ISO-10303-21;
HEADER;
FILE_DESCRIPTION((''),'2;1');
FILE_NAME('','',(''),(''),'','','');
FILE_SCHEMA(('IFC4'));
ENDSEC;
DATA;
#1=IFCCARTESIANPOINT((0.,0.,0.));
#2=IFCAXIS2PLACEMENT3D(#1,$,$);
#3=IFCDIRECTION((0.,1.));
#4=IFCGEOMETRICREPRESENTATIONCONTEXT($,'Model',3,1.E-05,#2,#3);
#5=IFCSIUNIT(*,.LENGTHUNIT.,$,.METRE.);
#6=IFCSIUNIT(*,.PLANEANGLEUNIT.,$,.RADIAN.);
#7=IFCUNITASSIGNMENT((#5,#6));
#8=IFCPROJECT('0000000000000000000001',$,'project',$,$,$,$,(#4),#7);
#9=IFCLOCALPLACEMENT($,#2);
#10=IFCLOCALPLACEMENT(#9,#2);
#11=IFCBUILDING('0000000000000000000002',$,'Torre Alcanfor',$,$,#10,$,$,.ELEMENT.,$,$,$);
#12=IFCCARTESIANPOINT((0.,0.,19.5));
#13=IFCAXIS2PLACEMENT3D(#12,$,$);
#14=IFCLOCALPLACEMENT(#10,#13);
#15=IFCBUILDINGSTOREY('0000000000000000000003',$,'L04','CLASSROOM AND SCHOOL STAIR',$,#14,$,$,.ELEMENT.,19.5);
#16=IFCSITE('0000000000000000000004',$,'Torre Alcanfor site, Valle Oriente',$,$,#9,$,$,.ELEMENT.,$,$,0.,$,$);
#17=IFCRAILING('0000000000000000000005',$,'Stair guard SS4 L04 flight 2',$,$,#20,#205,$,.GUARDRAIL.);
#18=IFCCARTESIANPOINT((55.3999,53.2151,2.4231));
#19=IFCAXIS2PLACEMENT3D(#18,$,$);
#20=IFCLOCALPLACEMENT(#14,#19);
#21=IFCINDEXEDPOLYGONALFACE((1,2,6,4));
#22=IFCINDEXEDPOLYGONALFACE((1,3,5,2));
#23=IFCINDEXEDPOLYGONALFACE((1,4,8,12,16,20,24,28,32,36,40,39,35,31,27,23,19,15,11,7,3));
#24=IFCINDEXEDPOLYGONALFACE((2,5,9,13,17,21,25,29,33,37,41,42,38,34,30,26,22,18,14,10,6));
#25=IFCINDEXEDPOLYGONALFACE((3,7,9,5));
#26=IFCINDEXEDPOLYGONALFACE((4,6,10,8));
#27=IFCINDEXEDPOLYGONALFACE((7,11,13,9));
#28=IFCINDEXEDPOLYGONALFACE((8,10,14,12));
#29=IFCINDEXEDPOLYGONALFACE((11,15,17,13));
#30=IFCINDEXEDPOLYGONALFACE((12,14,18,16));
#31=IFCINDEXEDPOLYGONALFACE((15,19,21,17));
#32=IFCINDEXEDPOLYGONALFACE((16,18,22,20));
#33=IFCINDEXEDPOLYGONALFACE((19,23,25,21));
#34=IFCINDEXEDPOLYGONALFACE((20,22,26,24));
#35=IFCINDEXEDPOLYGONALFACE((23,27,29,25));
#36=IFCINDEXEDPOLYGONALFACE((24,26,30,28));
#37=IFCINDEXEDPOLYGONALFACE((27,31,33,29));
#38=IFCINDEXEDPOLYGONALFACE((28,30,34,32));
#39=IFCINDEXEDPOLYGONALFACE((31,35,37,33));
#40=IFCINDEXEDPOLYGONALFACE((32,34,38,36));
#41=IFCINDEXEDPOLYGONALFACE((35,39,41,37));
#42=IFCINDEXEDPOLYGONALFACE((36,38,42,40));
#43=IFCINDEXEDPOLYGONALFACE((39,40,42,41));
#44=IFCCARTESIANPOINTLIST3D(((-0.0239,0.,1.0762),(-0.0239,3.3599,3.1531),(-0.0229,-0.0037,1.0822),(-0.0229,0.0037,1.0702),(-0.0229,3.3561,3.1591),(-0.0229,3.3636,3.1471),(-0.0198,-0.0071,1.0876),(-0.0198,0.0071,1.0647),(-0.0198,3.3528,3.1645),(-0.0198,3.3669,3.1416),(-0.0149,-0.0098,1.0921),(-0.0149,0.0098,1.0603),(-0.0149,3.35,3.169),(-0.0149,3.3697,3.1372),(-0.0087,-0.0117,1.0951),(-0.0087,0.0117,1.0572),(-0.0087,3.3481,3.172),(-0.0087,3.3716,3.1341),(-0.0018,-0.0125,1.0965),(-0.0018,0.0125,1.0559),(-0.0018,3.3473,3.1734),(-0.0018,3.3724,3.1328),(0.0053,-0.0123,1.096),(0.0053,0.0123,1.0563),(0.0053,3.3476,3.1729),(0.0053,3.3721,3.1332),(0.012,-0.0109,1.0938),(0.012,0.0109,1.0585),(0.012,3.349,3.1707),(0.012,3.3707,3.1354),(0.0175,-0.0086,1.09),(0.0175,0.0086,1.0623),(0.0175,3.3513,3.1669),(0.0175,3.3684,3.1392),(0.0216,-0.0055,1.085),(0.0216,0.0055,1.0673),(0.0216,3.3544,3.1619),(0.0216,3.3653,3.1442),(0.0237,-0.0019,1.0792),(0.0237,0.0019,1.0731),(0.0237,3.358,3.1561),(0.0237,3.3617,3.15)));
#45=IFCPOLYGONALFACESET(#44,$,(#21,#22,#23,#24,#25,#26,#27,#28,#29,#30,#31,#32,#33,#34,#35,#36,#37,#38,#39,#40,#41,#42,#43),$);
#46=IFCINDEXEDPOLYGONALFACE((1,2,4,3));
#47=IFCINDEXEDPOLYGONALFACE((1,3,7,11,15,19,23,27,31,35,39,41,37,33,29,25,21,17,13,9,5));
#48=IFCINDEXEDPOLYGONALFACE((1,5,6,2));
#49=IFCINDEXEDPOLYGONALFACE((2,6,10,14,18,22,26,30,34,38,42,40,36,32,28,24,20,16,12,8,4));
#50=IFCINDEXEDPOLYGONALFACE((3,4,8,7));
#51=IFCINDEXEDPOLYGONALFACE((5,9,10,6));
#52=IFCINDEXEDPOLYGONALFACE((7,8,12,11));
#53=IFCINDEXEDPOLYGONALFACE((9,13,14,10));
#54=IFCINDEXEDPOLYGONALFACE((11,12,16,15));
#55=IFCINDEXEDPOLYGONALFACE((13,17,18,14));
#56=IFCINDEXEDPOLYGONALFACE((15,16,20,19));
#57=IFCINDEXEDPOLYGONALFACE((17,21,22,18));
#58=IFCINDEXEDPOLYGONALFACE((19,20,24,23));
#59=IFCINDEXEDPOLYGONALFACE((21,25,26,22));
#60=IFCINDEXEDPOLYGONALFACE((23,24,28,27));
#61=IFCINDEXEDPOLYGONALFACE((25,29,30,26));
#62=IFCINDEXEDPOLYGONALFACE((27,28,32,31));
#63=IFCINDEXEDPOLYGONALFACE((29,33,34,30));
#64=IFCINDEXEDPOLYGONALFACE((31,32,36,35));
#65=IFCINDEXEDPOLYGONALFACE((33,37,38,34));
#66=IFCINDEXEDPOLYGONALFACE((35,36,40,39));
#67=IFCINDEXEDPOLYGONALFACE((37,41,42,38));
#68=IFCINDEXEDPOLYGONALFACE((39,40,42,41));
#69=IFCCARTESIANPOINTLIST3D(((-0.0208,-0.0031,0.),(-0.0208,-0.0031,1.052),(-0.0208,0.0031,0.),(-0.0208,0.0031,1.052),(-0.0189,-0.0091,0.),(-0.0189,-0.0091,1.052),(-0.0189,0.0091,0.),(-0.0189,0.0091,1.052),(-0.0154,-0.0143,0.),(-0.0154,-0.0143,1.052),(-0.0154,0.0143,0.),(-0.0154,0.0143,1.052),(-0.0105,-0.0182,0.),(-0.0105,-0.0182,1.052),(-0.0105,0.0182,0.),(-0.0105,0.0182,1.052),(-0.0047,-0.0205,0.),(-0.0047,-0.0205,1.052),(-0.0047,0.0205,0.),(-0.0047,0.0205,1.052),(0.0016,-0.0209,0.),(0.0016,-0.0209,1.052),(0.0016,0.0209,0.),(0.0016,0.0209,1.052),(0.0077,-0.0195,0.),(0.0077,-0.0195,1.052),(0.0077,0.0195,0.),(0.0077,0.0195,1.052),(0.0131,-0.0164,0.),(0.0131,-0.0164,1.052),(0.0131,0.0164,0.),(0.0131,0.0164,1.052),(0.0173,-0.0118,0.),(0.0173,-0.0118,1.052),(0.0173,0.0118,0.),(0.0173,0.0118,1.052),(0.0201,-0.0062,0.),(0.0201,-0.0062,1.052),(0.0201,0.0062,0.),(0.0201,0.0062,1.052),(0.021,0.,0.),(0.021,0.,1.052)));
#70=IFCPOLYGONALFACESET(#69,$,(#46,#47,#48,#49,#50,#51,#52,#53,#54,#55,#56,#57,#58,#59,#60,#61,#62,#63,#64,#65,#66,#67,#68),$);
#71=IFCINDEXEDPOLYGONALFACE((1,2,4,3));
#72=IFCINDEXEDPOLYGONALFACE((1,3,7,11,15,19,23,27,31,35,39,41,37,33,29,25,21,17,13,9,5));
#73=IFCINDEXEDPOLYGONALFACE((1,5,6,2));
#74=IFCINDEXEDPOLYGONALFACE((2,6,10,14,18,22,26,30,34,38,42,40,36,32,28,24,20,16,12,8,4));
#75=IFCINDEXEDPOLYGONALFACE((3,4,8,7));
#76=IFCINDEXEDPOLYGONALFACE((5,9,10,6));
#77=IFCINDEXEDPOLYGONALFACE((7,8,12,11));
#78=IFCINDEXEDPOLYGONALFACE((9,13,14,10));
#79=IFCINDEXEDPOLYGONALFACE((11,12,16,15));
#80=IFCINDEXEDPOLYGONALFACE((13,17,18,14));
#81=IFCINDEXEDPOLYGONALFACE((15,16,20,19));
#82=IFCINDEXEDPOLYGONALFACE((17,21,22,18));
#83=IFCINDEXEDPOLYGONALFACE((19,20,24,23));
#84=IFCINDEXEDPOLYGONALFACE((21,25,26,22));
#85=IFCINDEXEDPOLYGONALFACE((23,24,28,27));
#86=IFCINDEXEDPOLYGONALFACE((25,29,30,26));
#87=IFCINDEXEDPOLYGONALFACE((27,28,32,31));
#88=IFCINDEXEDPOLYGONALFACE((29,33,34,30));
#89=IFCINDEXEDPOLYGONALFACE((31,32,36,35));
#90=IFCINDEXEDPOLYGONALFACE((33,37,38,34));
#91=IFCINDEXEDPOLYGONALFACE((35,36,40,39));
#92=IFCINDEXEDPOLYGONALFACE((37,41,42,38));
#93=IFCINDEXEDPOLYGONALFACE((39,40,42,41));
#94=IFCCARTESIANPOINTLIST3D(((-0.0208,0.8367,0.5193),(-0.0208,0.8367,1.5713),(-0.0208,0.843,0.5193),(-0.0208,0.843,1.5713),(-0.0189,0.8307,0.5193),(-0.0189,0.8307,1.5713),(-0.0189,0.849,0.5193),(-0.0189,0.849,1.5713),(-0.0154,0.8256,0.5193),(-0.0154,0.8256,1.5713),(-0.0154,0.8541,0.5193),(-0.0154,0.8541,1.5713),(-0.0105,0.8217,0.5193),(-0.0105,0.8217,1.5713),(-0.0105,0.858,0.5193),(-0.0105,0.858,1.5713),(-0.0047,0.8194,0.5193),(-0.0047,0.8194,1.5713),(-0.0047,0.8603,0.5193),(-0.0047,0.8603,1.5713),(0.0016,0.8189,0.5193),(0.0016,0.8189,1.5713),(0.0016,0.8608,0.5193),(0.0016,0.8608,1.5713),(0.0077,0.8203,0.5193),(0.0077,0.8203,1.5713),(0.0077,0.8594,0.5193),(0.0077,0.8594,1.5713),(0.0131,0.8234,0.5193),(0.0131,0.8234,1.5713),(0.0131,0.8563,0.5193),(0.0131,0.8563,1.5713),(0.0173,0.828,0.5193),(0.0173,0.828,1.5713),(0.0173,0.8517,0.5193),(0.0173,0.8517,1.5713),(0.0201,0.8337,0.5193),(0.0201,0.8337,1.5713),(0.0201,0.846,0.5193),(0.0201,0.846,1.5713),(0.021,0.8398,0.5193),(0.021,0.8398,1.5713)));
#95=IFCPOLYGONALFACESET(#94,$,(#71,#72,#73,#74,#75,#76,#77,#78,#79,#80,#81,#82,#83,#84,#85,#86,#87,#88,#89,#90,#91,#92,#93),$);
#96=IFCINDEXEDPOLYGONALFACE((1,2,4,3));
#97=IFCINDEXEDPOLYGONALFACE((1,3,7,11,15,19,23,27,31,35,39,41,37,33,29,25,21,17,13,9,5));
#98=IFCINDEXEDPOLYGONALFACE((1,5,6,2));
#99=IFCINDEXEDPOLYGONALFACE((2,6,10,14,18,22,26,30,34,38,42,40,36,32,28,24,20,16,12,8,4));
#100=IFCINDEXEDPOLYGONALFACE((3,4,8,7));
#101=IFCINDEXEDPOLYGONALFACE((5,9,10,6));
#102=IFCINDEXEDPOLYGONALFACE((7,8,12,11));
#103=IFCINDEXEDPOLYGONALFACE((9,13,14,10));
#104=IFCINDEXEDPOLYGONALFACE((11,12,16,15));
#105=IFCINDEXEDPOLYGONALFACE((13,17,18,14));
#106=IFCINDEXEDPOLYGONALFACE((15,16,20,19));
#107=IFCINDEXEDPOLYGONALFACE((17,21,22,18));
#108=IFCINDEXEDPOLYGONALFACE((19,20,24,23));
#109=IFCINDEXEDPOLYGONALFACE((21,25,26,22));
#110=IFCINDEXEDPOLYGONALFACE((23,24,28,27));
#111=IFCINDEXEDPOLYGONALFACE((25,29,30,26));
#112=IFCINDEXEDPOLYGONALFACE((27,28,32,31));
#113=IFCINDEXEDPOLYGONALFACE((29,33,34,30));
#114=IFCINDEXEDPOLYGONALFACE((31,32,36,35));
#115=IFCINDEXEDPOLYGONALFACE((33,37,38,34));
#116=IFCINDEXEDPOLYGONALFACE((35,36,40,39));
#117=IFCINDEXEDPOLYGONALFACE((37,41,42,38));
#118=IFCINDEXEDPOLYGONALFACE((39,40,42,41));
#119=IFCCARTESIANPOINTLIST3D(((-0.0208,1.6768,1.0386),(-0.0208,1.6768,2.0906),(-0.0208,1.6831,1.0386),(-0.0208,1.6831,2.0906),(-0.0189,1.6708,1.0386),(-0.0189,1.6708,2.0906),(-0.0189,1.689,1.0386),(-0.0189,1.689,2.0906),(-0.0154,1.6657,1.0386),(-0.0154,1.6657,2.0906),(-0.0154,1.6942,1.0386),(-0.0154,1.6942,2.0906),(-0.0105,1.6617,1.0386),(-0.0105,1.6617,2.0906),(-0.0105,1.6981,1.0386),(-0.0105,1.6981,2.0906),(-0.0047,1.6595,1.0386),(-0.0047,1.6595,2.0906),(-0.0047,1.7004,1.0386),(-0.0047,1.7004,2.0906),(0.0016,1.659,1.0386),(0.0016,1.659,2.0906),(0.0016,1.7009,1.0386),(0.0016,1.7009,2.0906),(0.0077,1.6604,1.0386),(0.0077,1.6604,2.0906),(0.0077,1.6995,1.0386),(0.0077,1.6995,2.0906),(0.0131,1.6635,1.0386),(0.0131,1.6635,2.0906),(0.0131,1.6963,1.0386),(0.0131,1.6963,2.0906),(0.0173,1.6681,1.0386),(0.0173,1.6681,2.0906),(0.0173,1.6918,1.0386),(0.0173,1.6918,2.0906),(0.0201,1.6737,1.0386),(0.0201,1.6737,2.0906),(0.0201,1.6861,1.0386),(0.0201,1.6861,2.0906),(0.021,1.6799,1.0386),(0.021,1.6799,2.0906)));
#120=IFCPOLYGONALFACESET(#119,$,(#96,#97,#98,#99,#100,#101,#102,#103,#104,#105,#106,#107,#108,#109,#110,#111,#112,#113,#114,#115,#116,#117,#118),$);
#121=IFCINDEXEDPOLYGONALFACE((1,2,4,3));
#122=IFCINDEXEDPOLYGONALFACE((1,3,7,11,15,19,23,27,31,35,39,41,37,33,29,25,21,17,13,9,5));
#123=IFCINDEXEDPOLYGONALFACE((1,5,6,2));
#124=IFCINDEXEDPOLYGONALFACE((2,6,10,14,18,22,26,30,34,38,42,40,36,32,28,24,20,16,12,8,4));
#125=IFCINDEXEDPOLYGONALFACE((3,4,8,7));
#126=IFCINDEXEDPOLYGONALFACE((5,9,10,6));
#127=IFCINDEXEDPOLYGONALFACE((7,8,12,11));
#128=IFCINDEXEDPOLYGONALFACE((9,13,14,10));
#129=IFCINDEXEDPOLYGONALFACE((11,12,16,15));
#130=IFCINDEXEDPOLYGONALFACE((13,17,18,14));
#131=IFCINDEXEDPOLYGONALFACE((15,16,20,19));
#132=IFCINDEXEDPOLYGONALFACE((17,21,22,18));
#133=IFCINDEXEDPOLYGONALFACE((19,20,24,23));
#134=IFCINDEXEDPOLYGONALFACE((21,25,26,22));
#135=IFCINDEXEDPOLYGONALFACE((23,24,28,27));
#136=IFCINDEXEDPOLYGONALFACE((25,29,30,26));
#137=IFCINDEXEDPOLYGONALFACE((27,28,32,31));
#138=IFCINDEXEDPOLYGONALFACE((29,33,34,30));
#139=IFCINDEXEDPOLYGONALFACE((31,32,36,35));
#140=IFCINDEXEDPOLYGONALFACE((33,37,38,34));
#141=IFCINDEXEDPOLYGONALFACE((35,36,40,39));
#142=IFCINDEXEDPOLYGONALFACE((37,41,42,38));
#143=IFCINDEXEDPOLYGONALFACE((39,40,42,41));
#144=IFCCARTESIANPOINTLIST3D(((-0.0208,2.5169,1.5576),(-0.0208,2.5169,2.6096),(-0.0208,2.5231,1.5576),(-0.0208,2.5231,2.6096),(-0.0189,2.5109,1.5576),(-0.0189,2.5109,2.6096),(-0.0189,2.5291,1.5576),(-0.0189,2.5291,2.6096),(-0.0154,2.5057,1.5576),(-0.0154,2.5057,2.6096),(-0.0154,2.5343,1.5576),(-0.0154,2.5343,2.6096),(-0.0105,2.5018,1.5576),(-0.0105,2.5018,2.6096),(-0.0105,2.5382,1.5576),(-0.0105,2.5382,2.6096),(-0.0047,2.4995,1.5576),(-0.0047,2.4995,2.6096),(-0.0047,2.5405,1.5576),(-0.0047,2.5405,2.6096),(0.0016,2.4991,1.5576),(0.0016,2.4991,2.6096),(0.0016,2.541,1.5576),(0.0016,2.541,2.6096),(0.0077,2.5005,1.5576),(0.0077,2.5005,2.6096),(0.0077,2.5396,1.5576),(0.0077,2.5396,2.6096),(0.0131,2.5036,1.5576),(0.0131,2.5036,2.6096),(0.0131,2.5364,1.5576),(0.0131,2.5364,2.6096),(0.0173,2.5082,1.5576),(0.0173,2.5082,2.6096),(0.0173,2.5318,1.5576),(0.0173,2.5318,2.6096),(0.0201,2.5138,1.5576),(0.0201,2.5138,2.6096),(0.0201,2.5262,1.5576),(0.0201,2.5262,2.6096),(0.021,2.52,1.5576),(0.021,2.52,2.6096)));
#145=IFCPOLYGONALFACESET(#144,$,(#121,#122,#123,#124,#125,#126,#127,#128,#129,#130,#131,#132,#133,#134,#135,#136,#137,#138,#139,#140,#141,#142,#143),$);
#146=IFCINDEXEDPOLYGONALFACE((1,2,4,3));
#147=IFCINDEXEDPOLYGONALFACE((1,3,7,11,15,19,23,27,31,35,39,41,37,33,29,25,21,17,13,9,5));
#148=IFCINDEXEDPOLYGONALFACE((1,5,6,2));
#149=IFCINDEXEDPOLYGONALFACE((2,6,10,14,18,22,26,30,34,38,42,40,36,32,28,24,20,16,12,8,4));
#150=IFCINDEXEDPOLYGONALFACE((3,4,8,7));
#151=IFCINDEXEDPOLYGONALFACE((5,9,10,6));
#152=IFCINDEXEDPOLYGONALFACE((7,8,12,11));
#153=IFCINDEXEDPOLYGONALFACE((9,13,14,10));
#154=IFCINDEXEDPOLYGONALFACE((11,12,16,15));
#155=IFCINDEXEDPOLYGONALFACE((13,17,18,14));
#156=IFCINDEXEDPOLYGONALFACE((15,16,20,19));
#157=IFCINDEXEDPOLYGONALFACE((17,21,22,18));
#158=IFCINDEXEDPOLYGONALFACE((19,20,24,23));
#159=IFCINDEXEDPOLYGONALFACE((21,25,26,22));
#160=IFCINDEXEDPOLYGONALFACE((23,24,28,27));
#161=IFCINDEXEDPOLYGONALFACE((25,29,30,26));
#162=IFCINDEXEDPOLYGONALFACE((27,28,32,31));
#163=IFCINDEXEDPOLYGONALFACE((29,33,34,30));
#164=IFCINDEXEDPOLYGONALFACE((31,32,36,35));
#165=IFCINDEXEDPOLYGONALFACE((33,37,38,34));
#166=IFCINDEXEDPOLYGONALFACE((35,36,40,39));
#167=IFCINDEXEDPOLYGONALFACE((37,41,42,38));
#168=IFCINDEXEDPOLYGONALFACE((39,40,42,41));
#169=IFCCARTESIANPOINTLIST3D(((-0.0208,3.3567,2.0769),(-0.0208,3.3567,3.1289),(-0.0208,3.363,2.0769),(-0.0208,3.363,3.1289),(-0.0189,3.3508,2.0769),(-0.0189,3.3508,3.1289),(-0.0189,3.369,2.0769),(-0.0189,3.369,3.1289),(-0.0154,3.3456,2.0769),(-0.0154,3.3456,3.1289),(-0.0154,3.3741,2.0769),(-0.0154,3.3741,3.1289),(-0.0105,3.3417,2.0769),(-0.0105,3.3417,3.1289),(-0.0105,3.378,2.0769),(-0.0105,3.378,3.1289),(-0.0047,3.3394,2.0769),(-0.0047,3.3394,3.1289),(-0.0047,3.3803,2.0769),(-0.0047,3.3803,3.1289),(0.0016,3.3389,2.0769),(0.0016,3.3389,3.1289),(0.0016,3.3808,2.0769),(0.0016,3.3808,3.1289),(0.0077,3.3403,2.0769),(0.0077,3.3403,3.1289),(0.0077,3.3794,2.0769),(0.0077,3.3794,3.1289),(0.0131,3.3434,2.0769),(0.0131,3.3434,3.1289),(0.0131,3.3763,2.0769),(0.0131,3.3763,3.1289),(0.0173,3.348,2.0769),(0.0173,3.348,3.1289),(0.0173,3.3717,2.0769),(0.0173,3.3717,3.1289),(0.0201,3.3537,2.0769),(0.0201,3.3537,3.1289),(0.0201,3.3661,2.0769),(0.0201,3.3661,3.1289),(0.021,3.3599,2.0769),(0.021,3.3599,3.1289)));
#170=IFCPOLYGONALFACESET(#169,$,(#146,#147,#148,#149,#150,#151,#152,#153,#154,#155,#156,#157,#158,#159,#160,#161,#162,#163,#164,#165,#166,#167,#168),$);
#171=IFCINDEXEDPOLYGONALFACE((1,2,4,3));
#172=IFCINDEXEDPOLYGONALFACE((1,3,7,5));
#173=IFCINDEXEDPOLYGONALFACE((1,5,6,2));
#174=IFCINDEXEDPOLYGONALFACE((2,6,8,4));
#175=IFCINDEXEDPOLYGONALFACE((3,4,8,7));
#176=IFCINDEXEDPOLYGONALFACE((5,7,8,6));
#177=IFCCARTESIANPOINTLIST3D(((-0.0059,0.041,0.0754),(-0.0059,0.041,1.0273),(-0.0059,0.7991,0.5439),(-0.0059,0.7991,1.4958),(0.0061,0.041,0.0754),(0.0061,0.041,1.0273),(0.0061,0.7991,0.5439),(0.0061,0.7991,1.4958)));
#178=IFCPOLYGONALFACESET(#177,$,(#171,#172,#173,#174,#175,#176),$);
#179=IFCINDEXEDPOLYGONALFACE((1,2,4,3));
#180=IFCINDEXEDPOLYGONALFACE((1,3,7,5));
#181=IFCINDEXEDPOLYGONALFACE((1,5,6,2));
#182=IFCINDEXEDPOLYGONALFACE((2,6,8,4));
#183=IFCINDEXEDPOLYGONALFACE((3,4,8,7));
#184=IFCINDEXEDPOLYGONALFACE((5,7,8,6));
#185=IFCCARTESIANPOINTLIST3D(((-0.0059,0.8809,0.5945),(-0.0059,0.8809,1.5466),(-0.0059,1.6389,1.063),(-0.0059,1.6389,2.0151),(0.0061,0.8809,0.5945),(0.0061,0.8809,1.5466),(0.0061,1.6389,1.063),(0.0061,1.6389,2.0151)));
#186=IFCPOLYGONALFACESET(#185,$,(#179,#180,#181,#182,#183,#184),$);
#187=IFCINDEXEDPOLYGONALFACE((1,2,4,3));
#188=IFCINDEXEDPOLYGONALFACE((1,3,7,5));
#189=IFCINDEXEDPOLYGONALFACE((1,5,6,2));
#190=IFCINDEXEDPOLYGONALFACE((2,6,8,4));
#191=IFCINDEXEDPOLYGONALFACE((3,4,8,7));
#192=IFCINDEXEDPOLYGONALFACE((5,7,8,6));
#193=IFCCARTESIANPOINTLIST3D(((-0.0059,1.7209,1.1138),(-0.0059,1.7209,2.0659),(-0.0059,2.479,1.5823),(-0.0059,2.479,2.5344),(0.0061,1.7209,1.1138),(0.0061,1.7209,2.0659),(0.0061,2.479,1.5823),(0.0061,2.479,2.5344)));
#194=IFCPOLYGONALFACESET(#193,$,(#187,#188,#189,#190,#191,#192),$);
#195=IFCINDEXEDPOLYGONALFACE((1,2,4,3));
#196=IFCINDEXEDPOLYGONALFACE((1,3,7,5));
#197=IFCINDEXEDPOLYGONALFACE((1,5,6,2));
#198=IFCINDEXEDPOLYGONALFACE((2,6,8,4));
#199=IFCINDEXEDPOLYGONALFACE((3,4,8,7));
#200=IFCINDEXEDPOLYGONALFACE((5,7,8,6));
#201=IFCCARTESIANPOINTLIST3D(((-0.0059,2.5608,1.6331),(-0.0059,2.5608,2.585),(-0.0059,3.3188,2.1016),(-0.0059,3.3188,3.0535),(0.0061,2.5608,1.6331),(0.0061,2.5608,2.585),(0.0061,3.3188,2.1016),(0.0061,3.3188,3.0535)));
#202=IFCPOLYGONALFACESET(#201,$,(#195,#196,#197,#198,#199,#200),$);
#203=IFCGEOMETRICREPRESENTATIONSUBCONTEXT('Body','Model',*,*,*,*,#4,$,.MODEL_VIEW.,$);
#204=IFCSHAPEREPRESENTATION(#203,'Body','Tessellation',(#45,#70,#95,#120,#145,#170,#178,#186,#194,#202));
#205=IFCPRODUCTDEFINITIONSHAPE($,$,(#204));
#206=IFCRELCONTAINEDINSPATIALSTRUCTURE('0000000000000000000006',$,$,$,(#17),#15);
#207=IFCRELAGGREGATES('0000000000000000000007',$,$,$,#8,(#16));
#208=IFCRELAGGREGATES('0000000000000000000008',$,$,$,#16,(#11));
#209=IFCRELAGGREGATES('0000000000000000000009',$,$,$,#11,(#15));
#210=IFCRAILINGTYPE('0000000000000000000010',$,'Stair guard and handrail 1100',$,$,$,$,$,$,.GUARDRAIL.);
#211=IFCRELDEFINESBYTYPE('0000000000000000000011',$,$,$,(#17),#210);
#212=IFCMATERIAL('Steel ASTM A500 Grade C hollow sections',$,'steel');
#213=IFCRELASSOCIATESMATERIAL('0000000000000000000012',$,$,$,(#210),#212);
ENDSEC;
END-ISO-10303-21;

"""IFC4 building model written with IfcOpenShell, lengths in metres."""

from ifc_helpers import new_model, si_unit, direction, frame, origin, origin_2d, place, context, subcontext, project, spatial, polyline, circle, outline, extrude, material, type_object, element, save


model = new_model("IFC4")

# Units and contexts
model_context = context("Model", 3, precision=1e-05, world=origin(), true_north=direction((0.0, 1.0)))
body_context = subcontext(model_context, "Body", "Model", "MODEL_VIEW")
ifc_project = project(units=[si_unit("LENGTHUNIT", "METRE"), si_unit("PLANEANGLEUNIT", "RADIAN")], contexts=[model_context])

# Site, building, storey
site_placement = place(None, origin())
site = spatial("IfcSite", under=ifc_project, at=site_placement, Name="Torre Alcanfor site, Valle Oriente", CompositionType="ELEMENT", RefElevation=0.0)
building_placement = place(site_placement, origin())
building = spatial("IfcBuilding", under=site, at=building_placement, Name="Torre Alcanfor", CompositionType="ELEMENT")
storey_placement = place(building_placement, frame((0.0, 0.0, 19.5)))
storey = spatial("IfcBuildingStorey", under=building, at=storey_placement, Name="L04", Description="CLASSROOM AND SCHOOL STAIR", CompositionType="ELEMENT", Elevation=19.5)

# Railing
ifc_material_1 = material(Name="Steel ASTM A500 Grade C hollow sections", Category="steel")
railing_type_1 = type_object("IfcRailingType", Name="Stair guard and handrail 1100", PredefinedType="GUARDRAIL", material=ifc_material_1)
railing_1_placement = place(storey_placement, frame((55.3999, 53.2151, 2.4231)))
element("IfcRailing", 1, at=railing_1_placement, inside=storey, type_object=railing_type_1, Name="Stair guard SS4 L04 flight 2", PredefinedType="GUARDRAIL", context=body_context, shape_type="SweptSolid", body=[
    extrude(circle(Radius=0.0239, at=origin_2d()), frame((0.0, 0.0, 1.0762), z_axis=(0.0, 0.850606, 0.525803), x_axis=(-1.0, 0.0, 0.0)), (0.0, 0.0, 1.0), 3.95),
    extrude(circle(Radius=0.021, at=origin_2d()), origin(), (0.0, 0.0, 1.0), 1.052),
    extrude(circle(Radius=0.021, at=origin_2d()), frame((0.0, 0.8398, 0.5193)), (0.0, 0.0, 1.0), 1.052),
    extrude(circle(Radius=0.021, at=origin_2d()), frame((0.0, 1.6799, 1.0386)), (0.0, 0.0, 1.0), 1.052),
    extrude(circle(Radius=0.021, at=origin_2d()), frame((0.0, 2.52, 1.5576)), (0.0, 0.0, 1.0), 1.052),
    extrude(circle(Radius=0.021, at=origin_2d()), frame((0.0, 3.3599, 2.0769)), (0.0, 0.0, 1.0), 1.052),
    extrude(outline(polyline([(0.041, 0.0754), (0.7991, 0.5439), (0.7991, 1.4958), (0.041, 1.0273), (0.041, 0.0754)])), frame((-0.0059, 0.0, 0.0), z_axis=(1.0, 0.0, 0.0), x_axis=(0.0, 1.0, 0.0)), (0.0, 0.0, 1.0), 0.012),
    extrude(outline(polyline([(0.8809, 0.5945), (1.6389, 1.063), (1.6389, 2.0151), (0.8809, 1.5466), (0.8809, 0.5945)])), frame((-0.0059, 0.0, 0.0), z_axis=(1.0, 0.0, 0.0), x_axis=(0.0, 1.0, 0.0)), (0.0, 0.0, 1.0), 0.012),
    extrude(outline(polyline([(1.7209, 1.1138), (2.479, 1.5823), (2.479, 2.5344), (1.7209, 2.0659), (1.7209, 1.1138)])), frame((-0.0059, 0.0, 0.0), z_axis=(1.0, 0.0, 0.0), x_axis=(0.0, 1.0, 0.0)), (0.0, 0.0, 1.0), 0.012),
    extrude(outline(polyline([(2.5608, 1.6331), (3.3188, 2.1016), (3.3188, 3.0535), (2.5608, 2.585), (2.5608, 1.6331)])), frame((-0.0059, 0.0, 0.0), z_axis=(1.0, 0.0, 0.0), x_axis=(0.0, 1.0, 0.0)), (0.0, 0.0, 1.0), 0.012),
])

save(model, "model.ifc")
